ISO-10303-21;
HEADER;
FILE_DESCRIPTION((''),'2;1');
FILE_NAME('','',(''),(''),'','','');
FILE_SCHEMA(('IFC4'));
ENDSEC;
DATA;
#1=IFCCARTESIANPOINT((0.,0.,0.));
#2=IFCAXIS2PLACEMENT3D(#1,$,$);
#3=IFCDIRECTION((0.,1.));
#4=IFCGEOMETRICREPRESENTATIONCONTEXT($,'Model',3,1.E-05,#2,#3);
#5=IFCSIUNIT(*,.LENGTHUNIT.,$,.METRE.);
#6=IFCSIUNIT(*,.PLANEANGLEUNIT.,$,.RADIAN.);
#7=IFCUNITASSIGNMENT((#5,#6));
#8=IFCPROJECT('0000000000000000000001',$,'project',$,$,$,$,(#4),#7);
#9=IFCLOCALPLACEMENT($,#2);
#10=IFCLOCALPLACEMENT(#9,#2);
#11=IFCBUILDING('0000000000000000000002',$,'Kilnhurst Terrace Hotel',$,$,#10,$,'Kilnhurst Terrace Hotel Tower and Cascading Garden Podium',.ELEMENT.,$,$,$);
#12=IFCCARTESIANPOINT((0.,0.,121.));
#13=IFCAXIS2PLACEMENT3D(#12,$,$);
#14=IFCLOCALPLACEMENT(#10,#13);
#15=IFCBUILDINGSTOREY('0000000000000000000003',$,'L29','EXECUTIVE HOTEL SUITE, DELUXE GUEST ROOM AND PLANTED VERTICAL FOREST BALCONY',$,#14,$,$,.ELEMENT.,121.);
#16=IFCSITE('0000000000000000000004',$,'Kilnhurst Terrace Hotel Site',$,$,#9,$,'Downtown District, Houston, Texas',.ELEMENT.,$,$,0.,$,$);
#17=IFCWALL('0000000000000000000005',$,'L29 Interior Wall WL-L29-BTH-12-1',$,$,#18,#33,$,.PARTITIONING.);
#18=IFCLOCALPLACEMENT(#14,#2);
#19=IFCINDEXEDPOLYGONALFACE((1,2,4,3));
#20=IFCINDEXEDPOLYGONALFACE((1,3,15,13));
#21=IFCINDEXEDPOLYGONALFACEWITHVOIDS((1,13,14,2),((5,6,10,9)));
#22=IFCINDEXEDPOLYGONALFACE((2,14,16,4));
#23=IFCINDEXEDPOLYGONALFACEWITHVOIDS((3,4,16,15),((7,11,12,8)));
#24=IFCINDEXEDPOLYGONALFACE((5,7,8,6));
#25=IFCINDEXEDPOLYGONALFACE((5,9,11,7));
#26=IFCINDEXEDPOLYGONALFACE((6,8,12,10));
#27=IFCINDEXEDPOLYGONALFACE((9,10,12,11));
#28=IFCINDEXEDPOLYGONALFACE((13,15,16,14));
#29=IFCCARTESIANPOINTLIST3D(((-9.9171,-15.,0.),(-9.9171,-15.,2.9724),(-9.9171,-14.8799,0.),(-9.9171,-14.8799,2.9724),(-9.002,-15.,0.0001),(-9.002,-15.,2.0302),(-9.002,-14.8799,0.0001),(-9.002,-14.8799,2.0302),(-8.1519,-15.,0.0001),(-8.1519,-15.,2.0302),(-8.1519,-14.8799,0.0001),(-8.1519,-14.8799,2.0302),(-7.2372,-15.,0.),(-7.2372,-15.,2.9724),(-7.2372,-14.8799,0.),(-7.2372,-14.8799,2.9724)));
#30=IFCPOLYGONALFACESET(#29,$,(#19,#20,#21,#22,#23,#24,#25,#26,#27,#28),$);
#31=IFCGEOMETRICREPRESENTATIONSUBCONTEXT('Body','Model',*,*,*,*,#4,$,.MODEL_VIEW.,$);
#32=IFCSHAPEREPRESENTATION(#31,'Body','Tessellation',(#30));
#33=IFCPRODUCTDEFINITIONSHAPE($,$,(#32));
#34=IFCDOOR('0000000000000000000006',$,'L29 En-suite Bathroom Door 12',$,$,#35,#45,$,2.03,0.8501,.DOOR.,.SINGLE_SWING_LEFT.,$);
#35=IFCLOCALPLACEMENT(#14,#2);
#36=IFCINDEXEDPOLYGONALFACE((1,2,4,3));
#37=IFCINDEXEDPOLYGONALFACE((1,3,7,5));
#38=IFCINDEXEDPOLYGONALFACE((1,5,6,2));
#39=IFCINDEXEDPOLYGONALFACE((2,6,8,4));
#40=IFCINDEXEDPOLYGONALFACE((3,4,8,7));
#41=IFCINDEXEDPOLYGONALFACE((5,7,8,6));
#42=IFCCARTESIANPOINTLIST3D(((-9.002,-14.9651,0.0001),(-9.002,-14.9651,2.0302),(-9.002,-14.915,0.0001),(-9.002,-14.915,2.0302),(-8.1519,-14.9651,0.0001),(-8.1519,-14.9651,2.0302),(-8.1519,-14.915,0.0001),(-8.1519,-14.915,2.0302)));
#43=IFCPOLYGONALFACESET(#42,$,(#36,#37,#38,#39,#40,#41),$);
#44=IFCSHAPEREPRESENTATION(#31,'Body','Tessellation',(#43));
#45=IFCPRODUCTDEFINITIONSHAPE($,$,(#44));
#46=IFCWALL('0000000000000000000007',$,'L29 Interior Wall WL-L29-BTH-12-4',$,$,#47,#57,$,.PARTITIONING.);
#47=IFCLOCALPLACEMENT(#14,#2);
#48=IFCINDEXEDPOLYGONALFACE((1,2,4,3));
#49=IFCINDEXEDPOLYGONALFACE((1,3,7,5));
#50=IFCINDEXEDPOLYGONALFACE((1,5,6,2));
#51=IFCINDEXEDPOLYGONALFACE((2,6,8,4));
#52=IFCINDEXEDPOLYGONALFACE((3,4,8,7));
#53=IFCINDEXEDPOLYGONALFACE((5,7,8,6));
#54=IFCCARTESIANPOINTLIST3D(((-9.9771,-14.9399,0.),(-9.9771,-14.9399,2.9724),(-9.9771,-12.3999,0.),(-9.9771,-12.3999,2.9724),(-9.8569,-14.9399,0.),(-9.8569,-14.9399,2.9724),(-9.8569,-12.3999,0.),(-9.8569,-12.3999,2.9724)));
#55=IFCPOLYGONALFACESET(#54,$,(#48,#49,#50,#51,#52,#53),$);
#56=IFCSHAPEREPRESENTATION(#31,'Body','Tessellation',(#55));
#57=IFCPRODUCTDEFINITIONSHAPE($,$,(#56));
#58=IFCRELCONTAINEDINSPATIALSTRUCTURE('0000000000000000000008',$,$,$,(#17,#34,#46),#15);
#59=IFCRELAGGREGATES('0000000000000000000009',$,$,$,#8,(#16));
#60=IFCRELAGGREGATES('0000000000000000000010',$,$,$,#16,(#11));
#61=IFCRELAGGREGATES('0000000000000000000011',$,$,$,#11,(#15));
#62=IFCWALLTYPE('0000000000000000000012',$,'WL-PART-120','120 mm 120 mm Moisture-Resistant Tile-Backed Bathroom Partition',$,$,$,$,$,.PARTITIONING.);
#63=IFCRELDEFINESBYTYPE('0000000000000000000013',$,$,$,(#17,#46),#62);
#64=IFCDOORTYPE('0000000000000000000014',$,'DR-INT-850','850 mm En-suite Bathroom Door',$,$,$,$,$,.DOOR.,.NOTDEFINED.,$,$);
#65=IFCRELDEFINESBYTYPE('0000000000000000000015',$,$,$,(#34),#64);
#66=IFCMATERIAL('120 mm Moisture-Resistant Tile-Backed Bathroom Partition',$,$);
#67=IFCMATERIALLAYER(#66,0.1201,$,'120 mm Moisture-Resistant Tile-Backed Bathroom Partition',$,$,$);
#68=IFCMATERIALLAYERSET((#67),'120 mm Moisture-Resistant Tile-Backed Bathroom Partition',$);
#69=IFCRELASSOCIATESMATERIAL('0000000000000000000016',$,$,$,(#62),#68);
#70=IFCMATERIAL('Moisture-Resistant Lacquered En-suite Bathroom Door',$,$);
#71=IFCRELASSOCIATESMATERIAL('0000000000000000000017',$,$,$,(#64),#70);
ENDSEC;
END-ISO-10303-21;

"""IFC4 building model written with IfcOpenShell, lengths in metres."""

from ifc_helpers import new_model, si_unit, direction, frame, frame_2d, origin, place, context, subcontext, project, spatial, rectangle, extrude, material, layer, layer_set, type_object, element, fill, save


model = new_model("IFC4")

# Units and contexts
model_context = context("Model", 3, precision=1e-05, world=origin(), true_north=direction((0.0, 1.0)))
body_context = subcontext(model_context, "Body", "Model", "MODEL_VIEW")
ifc_project = project(units=[si_unit("LENGTHUNIT", "METRE"), si_unit("PLANEANGLEUNIT", "RADIAN")], contexts=[model_context])

# Site, building, storey
site_placement = place(None, origin())
site = spatial("IfcSite", under=ifc_project, at=site_placement, Name="Kilnhurst Terrace Hotel Site", LongName="Downtown District, Houston, Texas", CompositionType="ELEMENT", RefElevation=0.0)
building_placement = place(site_placement, origin())
building = spatial("IfcBuilding", under=site, at=building_placement, Name="Kilnhurst Terrace Hotel", LongName="Kilnhurst Terrace Hotel Tower and Cascading Garden Podium", CompositionType="ELEMENT")
storey_placement = place(building_placement, frame((0.0, 0.0, 121.0)))
storey = spatial("IfcBuildingStorey", under=building, at=storey_placement, Name="L29", Description="EXECUTIVE HOTEL SUITE, DELUXE GUEST ROOM AND PLANTED VERTICAL FOREST BALCONY", CompositionType="ELEMENT", Elevation=121.0)

# Shared definitions
ifc_material_1 = material(Name="120 mm Moisture-Resistant Tile-Backed Bathroom Partition")
ifc_layer_1 = layer(ifc_material_1, 0.1201, Name="120 mm Moisture-Resistant Tile-Backed Bathroom Partition")
ifc_layer_set_1 = layer_set([ifc_layer_1], Name="120 mm Moisture-Resistant Tile-Backed Bathroom Partition")
wall_type_1 = type_object("IfcWallType", Name="WL-PART-120", Description="120 mm 120 mm Moisture-Resistant Tile-Backed Bathroom Partition", PredefinedType="PARTITIONING", material=ifc_layer_set_1)
ifc_material_2 = material(Name="Moisture-Resistant Lacquered En-suite Bathroom Door")
door_type_1 = type_object("IfcDoorType", Name="DR-INT-850", Description="850 mm En-suite Bathroom Door", OperationType="NOTDEFINED", PredefinedType="DOOR", material=ifc_material_2)

# Wall, opening, door
wall_1_placement = place(storey_placement, frame((-9.917, -14.9399, 0.0), z_axis=(0.0, 0.0, 1.0), x_axis=(1.0, 0.0, 0.0)))
wall_1 = element("IfcWall", 1, at=wall_1_placement, inside=storey, type_object=wall_type_1, Name="L29 Interior Wall WL-L29-BTH-12-1", PredefinedType="PARTITIONING", context=body_context, shape_type="SweptSolid", body=[
    extrude(rectangle(XDim=2.6799, YDim=0.1201, at=frame_2d((1.3398, 0.0))), origin(), (0.0, 0.0, 1.0), 2.9724),
])
opening_1_placement = place(wall_1_placement, frame((0.915, 0.0, 0.0)))
opening_1 = element("IfcOpeningElement", 2, at=opening_1_placement, cuts=wall_1, PredefinedType="OPENING", context=body_context, shape_type="SweptSolid", body=[
    extrude(rectangle(XDim=0.8501, YDim=2.03, at=frame_2d((0.425, 1.0151))), frame((0.0, 0.0701, 0.0), z_axis=(0.0, -1.0, 0.0), x_axis=(1.0, 0.0, 0.0)), (0.0, 0.0, 1.0), 0.1401),
])
door_1_placement = place(opening_1_placement, origin())
door_1 = element("IfcDoor", 3, at=door_1_placement, inside=storey, type_object=door_type_1, Name="L29 En-suite Bathroom Door 12", OperationType="SINGLE_SWING_LEFT", OverallHeight=2.03, OverallWidth=0.8501, PredefinedType="DOOR", context=body_context, shape_type="SweptSolid", body=[
    extrude(rectangle(XDim=0.8501, YDim=2.03, at=frame_2d((0.425, 1.0151))), frame((0.0, 0.0249, 0.0), z_axis=(0.0, -1.0, 0.0), x_axis=(1.0, 0.0, 0.0)), (0.0, 0.0, 1.0), 0.05),
])
fill(opening_1, door_1)

# Wall
wall_2_placement = place(storey_placement, frame((-9.917, -12.3999, 0.0), z_axis=(0.0, 0.0, 1.0), x_axis=(0.0, -1.0, 0.0)))
element("IfcWall", 4, at=wall_2_placement, inside=storey, type_object=wall_type_1, Name="L29 Interior Wall WL-L29-BTH-12-4", PredefinedType="PARTITIONING", context=body_context, shape_type="SweptSolid", body=[
    extrude(rectangle(XDim=2.54, YDim=0.1201, at=frame_2d((1.27, 0.0))), origin(), (0.0, 0.0, 1.0), 2.9724),
])

save(model, "model.ifc")
